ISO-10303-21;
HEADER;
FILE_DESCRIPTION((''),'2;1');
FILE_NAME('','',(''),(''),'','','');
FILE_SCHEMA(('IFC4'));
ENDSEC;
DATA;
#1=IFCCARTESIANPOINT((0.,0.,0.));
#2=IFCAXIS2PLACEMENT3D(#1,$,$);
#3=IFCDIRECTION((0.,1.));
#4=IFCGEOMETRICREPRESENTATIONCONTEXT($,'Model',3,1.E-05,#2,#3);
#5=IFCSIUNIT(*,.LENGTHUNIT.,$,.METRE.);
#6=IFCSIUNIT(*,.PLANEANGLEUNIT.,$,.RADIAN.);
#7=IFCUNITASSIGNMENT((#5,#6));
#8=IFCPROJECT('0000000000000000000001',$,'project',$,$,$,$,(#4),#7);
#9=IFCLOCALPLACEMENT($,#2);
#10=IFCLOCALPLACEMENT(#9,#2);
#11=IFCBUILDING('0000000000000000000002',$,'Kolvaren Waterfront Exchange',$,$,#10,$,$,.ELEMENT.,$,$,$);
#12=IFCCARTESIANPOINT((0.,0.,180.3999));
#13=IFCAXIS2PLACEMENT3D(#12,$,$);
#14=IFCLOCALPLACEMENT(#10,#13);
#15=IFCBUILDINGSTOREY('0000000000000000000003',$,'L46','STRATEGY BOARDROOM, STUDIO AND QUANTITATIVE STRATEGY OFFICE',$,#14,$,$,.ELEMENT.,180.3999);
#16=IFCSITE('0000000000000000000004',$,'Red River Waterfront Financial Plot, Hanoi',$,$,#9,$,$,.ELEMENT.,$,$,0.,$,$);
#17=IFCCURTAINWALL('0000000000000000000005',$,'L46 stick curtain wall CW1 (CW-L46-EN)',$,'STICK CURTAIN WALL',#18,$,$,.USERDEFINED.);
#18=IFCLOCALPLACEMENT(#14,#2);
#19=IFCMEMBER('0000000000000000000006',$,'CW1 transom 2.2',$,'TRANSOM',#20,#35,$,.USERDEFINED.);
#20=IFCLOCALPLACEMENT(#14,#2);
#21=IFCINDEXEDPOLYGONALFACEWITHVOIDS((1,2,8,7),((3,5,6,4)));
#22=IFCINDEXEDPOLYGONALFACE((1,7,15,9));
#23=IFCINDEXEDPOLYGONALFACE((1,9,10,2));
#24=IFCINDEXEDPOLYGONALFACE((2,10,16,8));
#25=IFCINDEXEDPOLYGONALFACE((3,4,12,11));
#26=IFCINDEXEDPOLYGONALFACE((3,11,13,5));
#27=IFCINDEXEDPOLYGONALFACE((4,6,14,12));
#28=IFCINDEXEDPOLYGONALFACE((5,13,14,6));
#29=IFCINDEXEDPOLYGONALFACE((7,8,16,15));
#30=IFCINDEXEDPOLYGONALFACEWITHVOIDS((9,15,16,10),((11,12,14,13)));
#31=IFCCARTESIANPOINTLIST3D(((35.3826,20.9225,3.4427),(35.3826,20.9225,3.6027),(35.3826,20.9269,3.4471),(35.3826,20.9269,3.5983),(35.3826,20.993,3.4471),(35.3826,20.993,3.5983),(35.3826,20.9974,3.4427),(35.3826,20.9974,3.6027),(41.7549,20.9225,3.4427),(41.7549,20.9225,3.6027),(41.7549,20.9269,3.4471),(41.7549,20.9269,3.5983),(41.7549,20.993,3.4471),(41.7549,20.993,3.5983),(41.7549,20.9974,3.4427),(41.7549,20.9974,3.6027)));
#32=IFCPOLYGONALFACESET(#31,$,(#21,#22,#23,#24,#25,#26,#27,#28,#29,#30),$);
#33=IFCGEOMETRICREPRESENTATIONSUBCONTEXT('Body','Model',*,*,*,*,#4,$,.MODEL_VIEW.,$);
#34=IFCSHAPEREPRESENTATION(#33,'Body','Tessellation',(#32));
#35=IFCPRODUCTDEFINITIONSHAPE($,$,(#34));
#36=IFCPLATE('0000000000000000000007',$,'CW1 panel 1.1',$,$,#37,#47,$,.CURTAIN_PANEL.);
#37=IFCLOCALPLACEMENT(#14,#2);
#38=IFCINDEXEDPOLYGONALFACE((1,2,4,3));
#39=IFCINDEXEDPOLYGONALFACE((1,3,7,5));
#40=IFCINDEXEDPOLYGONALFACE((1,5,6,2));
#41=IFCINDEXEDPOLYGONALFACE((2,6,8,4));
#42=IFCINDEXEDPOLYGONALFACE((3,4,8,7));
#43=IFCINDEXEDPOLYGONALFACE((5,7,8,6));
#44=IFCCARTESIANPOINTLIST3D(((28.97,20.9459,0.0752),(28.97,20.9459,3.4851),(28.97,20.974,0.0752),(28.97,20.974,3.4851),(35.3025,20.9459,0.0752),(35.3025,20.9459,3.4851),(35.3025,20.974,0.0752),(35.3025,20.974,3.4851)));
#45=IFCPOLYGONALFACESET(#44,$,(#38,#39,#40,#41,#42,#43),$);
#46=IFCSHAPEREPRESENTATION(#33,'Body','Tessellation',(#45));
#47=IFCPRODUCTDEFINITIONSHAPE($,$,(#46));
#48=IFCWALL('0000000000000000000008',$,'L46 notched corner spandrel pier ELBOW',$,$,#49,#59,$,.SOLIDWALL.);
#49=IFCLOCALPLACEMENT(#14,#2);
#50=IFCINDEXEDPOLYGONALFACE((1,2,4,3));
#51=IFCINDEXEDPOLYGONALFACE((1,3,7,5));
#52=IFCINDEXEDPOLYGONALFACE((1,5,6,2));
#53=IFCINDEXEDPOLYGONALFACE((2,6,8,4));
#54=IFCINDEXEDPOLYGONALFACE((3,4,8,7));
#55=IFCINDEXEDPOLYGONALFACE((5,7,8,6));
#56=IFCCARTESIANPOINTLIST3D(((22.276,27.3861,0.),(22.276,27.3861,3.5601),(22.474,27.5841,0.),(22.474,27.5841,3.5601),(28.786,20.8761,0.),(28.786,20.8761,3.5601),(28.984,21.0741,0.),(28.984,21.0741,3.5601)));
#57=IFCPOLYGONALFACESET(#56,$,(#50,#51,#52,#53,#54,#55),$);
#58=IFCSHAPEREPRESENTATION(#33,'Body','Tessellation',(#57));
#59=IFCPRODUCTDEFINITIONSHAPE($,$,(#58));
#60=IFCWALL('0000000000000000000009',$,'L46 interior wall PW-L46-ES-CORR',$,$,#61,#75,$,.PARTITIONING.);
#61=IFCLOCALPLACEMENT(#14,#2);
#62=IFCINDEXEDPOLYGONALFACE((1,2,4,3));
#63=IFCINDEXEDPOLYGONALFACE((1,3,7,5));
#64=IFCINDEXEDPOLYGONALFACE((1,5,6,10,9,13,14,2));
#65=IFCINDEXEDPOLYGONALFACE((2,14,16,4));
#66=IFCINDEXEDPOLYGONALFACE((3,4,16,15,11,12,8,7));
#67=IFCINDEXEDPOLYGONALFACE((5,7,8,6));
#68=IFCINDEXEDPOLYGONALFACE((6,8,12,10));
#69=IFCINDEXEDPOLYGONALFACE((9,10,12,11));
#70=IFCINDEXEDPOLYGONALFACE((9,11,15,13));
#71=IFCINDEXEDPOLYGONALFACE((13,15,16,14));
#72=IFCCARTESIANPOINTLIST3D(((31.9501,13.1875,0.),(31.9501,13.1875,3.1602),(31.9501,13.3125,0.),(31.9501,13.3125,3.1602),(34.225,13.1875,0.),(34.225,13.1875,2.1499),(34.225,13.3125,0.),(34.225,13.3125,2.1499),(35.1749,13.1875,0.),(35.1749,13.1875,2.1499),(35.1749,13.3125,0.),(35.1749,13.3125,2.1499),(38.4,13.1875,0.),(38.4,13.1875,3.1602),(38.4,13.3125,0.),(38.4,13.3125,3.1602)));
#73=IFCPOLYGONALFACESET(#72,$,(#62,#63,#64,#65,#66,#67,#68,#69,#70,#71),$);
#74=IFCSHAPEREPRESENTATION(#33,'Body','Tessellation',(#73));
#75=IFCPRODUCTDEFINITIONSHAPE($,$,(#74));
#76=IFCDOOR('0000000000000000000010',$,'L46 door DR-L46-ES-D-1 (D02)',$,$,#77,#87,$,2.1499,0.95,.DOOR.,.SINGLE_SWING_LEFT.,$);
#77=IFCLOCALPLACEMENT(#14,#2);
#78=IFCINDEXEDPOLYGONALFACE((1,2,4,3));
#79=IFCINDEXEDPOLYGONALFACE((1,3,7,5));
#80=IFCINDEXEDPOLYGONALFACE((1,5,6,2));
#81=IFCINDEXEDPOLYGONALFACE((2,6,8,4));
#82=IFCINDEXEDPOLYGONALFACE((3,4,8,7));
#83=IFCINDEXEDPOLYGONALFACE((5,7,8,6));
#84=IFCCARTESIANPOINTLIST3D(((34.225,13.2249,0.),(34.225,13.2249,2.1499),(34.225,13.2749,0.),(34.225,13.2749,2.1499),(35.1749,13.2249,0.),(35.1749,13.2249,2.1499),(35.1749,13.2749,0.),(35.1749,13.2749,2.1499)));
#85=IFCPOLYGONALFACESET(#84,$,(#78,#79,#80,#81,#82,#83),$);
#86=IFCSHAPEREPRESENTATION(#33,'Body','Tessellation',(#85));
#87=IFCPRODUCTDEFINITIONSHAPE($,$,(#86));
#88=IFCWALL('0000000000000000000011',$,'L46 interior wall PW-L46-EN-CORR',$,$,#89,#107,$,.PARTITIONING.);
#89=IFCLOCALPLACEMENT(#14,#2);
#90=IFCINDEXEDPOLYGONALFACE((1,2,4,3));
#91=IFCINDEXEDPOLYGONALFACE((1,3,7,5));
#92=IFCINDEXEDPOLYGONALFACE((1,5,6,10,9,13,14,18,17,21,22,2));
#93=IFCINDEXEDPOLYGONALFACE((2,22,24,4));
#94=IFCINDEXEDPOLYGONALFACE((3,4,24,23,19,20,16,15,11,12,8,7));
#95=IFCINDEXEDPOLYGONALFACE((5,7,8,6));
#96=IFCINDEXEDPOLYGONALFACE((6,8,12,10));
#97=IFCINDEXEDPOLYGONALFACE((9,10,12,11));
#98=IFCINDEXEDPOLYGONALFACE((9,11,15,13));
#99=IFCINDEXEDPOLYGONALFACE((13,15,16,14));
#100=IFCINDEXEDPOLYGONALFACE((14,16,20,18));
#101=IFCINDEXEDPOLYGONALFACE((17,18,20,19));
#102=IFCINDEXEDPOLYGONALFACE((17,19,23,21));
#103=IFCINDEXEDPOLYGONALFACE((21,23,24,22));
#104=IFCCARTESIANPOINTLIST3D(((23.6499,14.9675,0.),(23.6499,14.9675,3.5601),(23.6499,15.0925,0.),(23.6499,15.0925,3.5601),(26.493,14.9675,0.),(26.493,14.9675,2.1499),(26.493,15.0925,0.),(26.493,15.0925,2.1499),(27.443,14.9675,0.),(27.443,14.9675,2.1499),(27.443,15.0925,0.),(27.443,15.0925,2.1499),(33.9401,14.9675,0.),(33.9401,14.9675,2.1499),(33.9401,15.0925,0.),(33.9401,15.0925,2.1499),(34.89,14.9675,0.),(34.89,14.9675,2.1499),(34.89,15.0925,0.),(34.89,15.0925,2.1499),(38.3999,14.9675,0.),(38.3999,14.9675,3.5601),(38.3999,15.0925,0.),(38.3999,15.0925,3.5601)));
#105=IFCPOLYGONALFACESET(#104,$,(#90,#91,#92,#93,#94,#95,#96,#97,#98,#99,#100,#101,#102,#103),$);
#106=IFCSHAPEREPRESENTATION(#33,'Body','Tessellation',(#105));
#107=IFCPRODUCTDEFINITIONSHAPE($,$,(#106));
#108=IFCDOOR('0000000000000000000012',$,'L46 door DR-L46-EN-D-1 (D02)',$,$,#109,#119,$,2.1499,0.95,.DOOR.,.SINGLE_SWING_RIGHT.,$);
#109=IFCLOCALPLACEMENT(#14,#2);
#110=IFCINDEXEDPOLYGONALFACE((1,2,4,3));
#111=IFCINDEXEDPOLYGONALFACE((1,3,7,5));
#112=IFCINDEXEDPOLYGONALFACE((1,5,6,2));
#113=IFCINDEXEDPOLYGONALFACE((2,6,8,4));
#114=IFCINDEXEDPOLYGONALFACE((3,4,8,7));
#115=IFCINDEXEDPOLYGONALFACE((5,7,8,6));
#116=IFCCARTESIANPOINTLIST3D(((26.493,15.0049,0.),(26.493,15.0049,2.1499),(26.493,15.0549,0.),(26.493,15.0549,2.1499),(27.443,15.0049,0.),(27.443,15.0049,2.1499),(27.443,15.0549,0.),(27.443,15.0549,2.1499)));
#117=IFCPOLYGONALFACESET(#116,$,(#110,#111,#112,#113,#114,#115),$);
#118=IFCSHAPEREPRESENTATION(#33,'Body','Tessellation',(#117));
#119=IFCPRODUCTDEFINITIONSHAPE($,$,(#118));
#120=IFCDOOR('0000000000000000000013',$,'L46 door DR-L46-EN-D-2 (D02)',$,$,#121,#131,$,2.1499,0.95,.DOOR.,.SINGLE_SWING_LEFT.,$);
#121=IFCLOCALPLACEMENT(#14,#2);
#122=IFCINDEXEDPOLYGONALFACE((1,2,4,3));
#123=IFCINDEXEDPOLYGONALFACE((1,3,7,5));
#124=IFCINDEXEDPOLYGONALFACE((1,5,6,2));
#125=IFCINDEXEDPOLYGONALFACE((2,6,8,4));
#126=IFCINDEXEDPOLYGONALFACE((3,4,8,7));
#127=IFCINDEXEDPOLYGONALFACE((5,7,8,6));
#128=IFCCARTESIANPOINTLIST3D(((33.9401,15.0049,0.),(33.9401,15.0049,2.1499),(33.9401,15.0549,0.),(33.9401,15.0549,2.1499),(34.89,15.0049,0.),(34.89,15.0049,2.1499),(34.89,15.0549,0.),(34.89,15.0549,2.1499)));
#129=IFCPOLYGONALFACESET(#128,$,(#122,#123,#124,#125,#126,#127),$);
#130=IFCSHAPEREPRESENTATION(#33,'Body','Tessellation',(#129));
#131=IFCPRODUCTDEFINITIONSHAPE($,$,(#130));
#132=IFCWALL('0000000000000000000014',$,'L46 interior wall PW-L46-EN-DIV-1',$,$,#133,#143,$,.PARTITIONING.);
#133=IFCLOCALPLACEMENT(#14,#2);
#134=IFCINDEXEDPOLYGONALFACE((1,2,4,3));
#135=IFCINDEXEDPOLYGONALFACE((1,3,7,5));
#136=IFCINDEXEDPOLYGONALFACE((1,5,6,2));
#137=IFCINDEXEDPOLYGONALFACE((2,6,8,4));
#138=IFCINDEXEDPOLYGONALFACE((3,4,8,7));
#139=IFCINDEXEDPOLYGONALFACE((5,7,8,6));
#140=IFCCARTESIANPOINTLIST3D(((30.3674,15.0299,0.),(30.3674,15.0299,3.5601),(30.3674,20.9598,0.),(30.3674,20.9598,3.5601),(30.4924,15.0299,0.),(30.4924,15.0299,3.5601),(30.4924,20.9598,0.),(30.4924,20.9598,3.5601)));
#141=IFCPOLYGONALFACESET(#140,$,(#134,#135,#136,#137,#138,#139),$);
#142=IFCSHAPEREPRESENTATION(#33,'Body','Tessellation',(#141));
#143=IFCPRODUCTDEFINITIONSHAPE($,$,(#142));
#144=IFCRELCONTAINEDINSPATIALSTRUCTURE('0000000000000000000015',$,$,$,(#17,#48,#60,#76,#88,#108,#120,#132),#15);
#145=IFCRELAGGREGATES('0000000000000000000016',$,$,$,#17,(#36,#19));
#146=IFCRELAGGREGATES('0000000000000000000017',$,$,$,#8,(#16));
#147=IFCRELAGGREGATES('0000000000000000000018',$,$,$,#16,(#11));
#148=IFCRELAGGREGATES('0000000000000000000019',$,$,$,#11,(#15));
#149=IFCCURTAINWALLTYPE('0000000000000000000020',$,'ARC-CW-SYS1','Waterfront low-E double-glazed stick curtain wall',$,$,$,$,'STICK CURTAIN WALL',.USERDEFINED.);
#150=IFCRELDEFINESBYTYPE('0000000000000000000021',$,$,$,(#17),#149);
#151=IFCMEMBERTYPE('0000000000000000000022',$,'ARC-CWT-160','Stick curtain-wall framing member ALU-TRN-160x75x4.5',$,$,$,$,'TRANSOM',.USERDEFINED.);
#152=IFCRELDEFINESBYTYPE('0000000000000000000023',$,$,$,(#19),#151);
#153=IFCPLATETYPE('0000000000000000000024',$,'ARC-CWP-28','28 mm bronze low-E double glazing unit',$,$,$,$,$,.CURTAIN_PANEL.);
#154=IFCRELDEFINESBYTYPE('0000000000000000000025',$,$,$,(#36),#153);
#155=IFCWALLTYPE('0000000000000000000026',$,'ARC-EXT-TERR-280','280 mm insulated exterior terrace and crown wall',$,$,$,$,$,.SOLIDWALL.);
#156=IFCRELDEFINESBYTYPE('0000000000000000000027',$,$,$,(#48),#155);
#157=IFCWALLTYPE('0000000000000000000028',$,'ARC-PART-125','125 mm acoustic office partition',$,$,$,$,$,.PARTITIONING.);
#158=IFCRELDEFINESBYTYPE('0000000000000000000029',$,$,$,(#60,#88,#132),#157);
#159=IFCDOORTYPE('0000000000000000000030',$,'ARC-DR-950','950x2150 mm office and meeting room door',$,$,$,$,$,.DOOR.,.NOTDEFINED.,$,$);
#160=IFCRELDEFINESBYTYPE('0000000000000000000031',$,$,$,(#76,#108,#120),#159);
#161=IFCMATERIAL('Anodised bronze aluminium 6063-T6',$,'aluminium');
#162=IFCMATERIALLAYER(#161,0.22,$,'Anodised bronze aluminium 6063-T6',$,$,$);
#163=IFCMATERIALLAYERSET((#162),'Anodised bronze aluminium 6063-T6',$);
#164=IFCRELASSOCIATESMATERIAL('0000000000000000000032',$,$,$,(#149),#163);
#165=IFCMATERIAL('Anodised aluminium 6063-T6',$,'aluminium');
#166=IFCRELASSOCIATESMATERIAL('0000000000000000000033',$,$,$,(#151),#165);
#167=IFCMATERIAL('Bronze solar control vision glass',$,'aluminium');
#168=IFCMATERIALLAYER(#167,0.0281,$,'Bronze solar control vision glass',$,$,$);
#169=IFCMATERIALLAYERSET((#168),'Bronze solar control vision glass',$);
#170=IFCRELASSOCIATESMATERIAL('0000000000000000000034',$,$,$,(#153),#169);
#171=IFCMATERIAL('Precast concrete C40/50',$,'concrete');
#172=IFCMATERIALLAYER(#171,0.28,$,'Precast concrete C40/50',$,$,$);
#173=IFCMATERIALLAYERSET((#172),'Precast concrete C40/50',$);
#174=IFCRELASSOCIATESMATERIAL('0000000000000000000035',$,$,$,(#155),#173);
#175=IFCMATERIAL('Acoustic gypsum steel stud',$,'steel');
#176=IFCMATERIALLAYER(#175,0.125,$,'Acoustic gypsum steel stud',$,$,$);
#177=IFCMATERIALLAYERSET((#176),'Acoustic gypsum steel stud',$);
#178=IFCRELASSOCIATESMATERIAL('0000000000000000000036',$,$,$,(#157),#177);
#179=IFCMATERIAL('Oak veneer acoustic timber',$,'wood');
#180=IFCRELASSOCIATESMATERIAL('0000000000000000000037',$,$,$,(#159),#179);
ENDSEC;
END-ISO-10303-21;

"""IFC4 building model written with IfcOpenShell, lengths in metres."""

from ifc_helpers import new_model, si_unit, direction, frame, frame_2d, origin, origin_with_axes, origin_2d, place, context, subcontext, project, spatial, rectangle, hollow_rectangle, extrude, source, transform, mapped, material, layer, layer_set, material_profile, profile_set, type_object, element, fill, aggregate, save


model = new_model("IFC4")

# Units and contexts
model_context = context("Model", 3, precision=1e-05, world=origin(), true_north=direction((0.0, 1.0)))
body_context = subcontext(model_context, "Body", "Model", "MODEL_VIEW")
ifc_project = project(units=[si_unit("LENGTHUNIT", "METRE"), si_unit("PLANEANGLEUNIT", "RADIAN")], contexts=[model_context])

# Site, building, storey
site_placement = place(None, origin())
site = spatial("IfcSite", under=ifc_project, at=site_placement, Name="Red River Waterfront Financial Plot, Hanoi", CompositionType="ELEMENT", RefElevation=0.0)
building_placement = place(site_placement, origin())
building = spatial("IfcBuilding", under=site, at=building_placement, Name="Kolvaren Waterfront Exchange", CompositionType="ELEMENT")
storey_placement = place(building_placement, frame((0.0, 0.0, 180.3999)))
storey = spatial("IfcBuildingStorey", under=building, at=storey_placement, Name="L46", Description="STRATEGY BOARDROOM, STUDIO AND QUANTITATIVE STRATEGY OFFICE", CompositionType="ELEMENT", Elevation=180.3999)

# Curtain wall, member, plate
ifc_material_1 = material(Name="Anodised bronze aluminium 6063-T6", Category="aluminium")
ifc_layer_1 = layer(ifc_material_1, 0.22, Name="Anodised bronze aluminium 6063-T6")
ifc_layer_set_1 = layer_set([ifc_layer_1], Name="Anodised bronze aluminium 6063-T6")
curtain_wall_type = type_object("IfcCurtainWallType", Name="ARC-CW-SYS1", Description="Waterfront low-E double-glazed stick curtain wall", ElementType="STICK CURTAIN WALL", PredefinedType="USERDEFINED", material=ifc_layer_set_1)
curtain_wall_placement = place(storey_placement, origin())
curtain_wall = element("IfcCurtainWall", 1, at=curtain_wall_placement, inside=storey, type_object=curtain_wall_type, Name="L46 stick curtain wall CW1 (CW-L46-EN)", ObjectType="STICK CURTAIN WALL", PredefinedType="USERDEFINED")
ifc_material_2 = material(Name="Anodised aluminium 6063-T6", Category="aluminium")
ifc_material_profile_1 = material_profile(ifc_material_2, hollow_rectangle(XDim=0.075, YDim=0.1599, WallThickness=0.0044, at=origin_2d()), Name="ALU-TRN-160x75x4.5")
ifc_profile_set_1 = profile_set([ifc_material_profile_1], Name="Anodised aluminium 6063-T6")
member_type_1 = type_object("IfcMemberType", Name="ARC-CWT-160", Description="Stick curtain-wall framing member ALU-TRN-160x75x4.5", ElementType="TRANSOM", PredefinedType="USERDEFINED", material=ifc_profile_set_1)
shared_shape_1 = source(origin_with_axes(), body_context, "Body", "SweptSolid", [
    extrude(hollow_rectangle(XDim=0.075, YDim=0.1599, WallThickness=0.0044, at=origin_2d()), origin(), (0.0, 0.0, 1.0), 6.3723),
])
member_1_placement = place(storey_placement, frame((35.3826, 20.96, 3.5227), z_axis=(1.0, 0.0, 0.0), x_axis=(0.0, 1.0, 0.0)))
member_1 = element("IfcMember", 2, at=member_1_placement, type_object=member_type_1, Name="CW1 transom 2.2", ObjectType="TRANSOM", PredefinedType="USERDEFINED", context=body_context, shape_type="MappedRepresentation", body=[
    mapped(shared_shape_1, transform((0.0, 0.0, 0.0), x_axis=(1.0, 0.0, 0.0), y_axis=(0.0, 1.0, 0.0), z_axis=(0.0, 0.0, 1.0), scale=1.0)),
])
ifc_material_3 = material(Name="Bronze solar control vision glass", Category="aluminium")
ifc_layer_2 = layer(ifc_material_3, 0.0281, Name="Bronze solar control vision glass")
ifc_layer_set_2 = layer_set([ifc_layer_2], Name="Bronze solar control vision glass")
plate_type = type_object("IfcPlateType", Name="ARC-CWP-28", Description="28 mm bronze low-E double glazing unit", PredefinedType="CURTAIN_PANEL", material=ifc_layer_set_2)
shared_shape_2 = source(origin_with_axes(), body_context, "Body", "SweptSolid", [
    extrude(rectangle(XDim=6.3325, YDim=0.0281, at=origin_2d()), origin(), (0.0, 0.0, 1.0), 3.4099),
])
plate_placement = place(storey_placement, frame((32.1362, 20.96, 0.0752), z_axis=(0.0, 0.0, 1.0), x_axis=(1.0, 0.0, 0.0)))
plate = element("IfcPlate", 3, at=plate_placement, type_object=plate_type, Name="CW1 panel 1.1", PredefinedType="CURTAIN_PANEL", context=body_context, shape_type="MappedRepresentation", body=[
    mapped(shared_shape_2, transform((0.0, 0.0, 0.0), x_axis=(1.0, 0.0, 0.0), y_axis=(0.0, 1.0, 0.0), z_axis=(0.0, 0.0, 1.0), scale=1.0)),
])
aggregate(curtain_wall, [plate, member_1])

# Wall
ifc_material_4 = material(Name="Precast concrete C40/50", Category="concrete")
ifc_layer_3 = layer(ifc_material_4, 0.28, Name="Precast concrete C40/50")
ifc_layer_set_3 = layer_set([ifc_layer_3], Name="Precast concrete C40/50")
wall_type_1 = type_object("IfcWallType", Name="ARC-EXT-TERR-280", Description="280 mm insulated exterior terrace and crown wall", PredefinedType="SOLIDWALL", material=ifc_layer_set_3)
wall_1_placement = place(storey_placement, frame((28.885, 20.9751, 0.0), z_axis=(0.0, 0.0, 1.0), x_axis=(-0.707107, 0.707107, 0.0)))
element("IfcWall", 4, at=wall_1_placement, inside=storey, type_object=wall_type_1, Name="L46 notched corner spandrel pier ELBOW", PredefinedType="SOLIDWALL", context=body_context, shape_type="SweptSolid", body=[
    extrude(rectangle(XDim=9.2065, YDim=0.28, at=frame_2d((4.6033, 0.0))), origin(), (0.0, 0.0, 1.0), 3.5601),
])

# Wall, opening, door
ifc_material_5 = material(Name="Acoustic gypsum steel stud", Category="steel")
ifc_layer_4 = layer(ifc_material_5, 0.125, Name="Acoustic gypsum steel stud")
ifc_layer_set_4 = layer_set([ifc_layer_4], Name="Acoustic gypsum steel stud")
wall_type_2 = type_object("IfcWallType", Name="ARC-PART-125", Description="125 mm acoustic office partition", PredefinedType="PARTITIONING", material=ifc_layer_set_4)
wall_2_placement = place(storey_placement, frame((31.95, 13.25, 0.0), z_axis=(0.0, 0.0, 1.0), x_axis=(1.0, 0.0, 0.0)))
wall_2 = element("IfcWall", 5, at=wall_2_placement, inside=storey, type_object=wall_type_2, Name="L46 interior wall PW-L46-ES-CORR", PredefinedType="PARTITIONING", context=body_context, shape_type="SweptSolid", body=[
    extrude(rectangle(XDim=6.45, YDim=0.125, at=frame_2d((3.2251, 0.0))), origin(), (0.0, 0.0, 1.0), 3.1602),
])
opening_1_placement = place(wall_2_placement, frame((2.2749, 0.0, 0.0)))
opening_1 = element("IfcOpeningElement", 6, at=opening_1_placement, cuts=wall_2, PredefinedType="OPENING", context=body_context, shape_type="SweptSolid", body=[
    extrude(rectangle(XDim=0.95, YDim=2.1499, at=frame_2d((0.4751, 1.075))), frame((0.0, 0.0725, 0.0), z_axis=(0.0, -1.0, 0.0), x_axis=(1.0, 0.0, 0.0)), (0.0, 0.0, 1.0), 0.145),
])
ifc_material_6 = material(Name="Oak veneer acoustic timber", Category="wood")
door_type_1 = type_object("IfcDoorType", Name="ARC-DR-950", Description="950x2150 mm office and meeting room door", OperationType="NOTDEFINED", PredefinedType="DOOR", material=ifc_material_6)
door_1_placement = place(opening_1_placement, origin())
door_1 = element("IfcDoor", 7, at=door_1_placement, inside=storey, type_object=door_type_1, Name="L46 door DR-L46-ES-D-1 (D02)", OperationType="SINGLE_SWING_LEFT", OverallHeight=2.1499, OverallWidth=0.95, PredefinedType="DOOR", context=body_context, shape_type="SweptSolid", body=[
    extrude(rectangle(XDim=0.95, YDim=2.1499, at=frame_2d((0.4751, 1.075))), frame((0.0, 0.0249, 0.0), z_axis=(0.0, -1.0, 0.0), x_axis=(1.0, 0.0, 0.0)), (0.0, 0.0, 1.0), 0.05),
])
fill(opening_1, door_1)

# Wall, openings, doors
wall_3_placement = place(storey_placement, frame((23.6499, 15.03, 0.0), z_axis=(0.0, 0.0, 1.0), x_axis=(1.0, 0.0, 0.0)))
wall_3 = element("IfcWall", 8, at=wall_3_placement, inside=storey, type_object=wall_type_2, Name="L46 interior wall PW-L46-EN-CORR", PredefinedType="PARTITIONING", context=body_context, shape_type="SweptSolid", body=[
    extrude(rectangle(XDim=14.75, YDim=0.125, at=frame_2d((7.375, 0.0))), origin(), (0.0, 0.0, 1.0), 3.5601),
])
opening_2_placement = place(wall_3_placement, frame((2.843, 0.0, 0.0)))
opening_2 = element("IfcOpeningElement", 9, at=opening_2_placement, cuts=wall_3, PredefinedType="OPENING", context=body_context, shape_type="SweptSolid", body=[
    extrude(rectangle(XDim=0.95, YDim=2.1499, at=frame_2d((0.4751, 1.075))), frame((0.0, 0.0725, 0.0), z_axis=(0.0, -1.0, 0.0), x_axis=(1.0, 0.0, 0.0)), (0.0, 0.0, 1.0), 0.145),
])
opening_3_placement = place(wall_3_placement, frame((10.29, 0.0, 0.0)))
opening_3 = element("IfcOpeningElement", 10, at=opening_3_placement, cuts=wall_3, PredefinedType="OPENING", context=body_context, shape_type="SweptSolid", body=[
    extrude(rectangle(XDim=0.95, YDim=2.1499, at=frame_2d((0.4751, 1.075))), frame((0.0, 0.0725, 0.0), z_axis=(0.0, -1.0, 0.0), x_axis=(1.0, 0.0, 0.0)), (0.0, 0.0, 1.0), 0.145),
])
door_2_placement = place(opening_2_placement, origin())
door_2 = element("IfcDoor", 11, at=door_2_placement, inside=storey, type_object=door_type_1, Name="L46 door DR-L46-EN-D-1 (D02)", OperationType="SINGLE_SWING_RIGHT", OverallHeight=2.1499, OverallWidth=0.95, PredefinedType="DOOR", context=body_context, shape_type="SweptSolid", body=[
    extrude(rectangle(XDim=0.95, YDim=2.1499, at=frame_2d((0.4751, 1.075))), frame((0.0, 0.0249, 0.0), z_axis=(0.0, -1.0, 0.0), x_axis=(1.0, 0.0, 0.0)), (0.0, 0.0, 1.0), 0.05),
])
fill(opening_2, door_2)
door_3_placement = place(opening_3_placement, origin())
door_3 = element("IfcDoor", 12, at=door_3_placement, inside=storey, type_object=door_type_1, Name="L46 door DR-L46-EN-D-2 (D02)", OperationType="SINGLE_SWING_LEFT", OverallHeight=2.1499, OverallWidth=0.95, PredefinedType="DOOR", context=body_context, shape_type="SweptSolid", body=[
    extrude(rectangle(XDim=0.95, YDim=2.1499, at=frame_2d((0.4751, 1.075))), frame((0.0, 0.0249, 0.0), z_axis=(0.0, -1.0, 0.0), x_axis=(1.0, 0.0, 0.0)), (0.0, 0.0, 1.0), 0.05),
])
fill(opening_3, door_3)

# Wall
wall_4_placement = place(storey_placement, frame((30.4299, 15.03, 0.0), z_axis=(0.0, 0.0, 1.0), x_axis=(0.0, 1.0, 0.0)))
element("IfcWall", 13, at=wall_4_placement, inside=storey, type_object=wall_type_2, Name="L46 interior wall PW-L46-EN-DIV-1", PredefinedType="PARTITIONING", context=body_context, shape_type="SweptSolid", body=[
    extrude(rectangle(XDim=5.9299, YDim=0.125, at=frame_2d((2.9648, 0.0))), origin(), (0.0, 0.0, 1.0), 3.5601),
])

save(model, "model.ifc")
